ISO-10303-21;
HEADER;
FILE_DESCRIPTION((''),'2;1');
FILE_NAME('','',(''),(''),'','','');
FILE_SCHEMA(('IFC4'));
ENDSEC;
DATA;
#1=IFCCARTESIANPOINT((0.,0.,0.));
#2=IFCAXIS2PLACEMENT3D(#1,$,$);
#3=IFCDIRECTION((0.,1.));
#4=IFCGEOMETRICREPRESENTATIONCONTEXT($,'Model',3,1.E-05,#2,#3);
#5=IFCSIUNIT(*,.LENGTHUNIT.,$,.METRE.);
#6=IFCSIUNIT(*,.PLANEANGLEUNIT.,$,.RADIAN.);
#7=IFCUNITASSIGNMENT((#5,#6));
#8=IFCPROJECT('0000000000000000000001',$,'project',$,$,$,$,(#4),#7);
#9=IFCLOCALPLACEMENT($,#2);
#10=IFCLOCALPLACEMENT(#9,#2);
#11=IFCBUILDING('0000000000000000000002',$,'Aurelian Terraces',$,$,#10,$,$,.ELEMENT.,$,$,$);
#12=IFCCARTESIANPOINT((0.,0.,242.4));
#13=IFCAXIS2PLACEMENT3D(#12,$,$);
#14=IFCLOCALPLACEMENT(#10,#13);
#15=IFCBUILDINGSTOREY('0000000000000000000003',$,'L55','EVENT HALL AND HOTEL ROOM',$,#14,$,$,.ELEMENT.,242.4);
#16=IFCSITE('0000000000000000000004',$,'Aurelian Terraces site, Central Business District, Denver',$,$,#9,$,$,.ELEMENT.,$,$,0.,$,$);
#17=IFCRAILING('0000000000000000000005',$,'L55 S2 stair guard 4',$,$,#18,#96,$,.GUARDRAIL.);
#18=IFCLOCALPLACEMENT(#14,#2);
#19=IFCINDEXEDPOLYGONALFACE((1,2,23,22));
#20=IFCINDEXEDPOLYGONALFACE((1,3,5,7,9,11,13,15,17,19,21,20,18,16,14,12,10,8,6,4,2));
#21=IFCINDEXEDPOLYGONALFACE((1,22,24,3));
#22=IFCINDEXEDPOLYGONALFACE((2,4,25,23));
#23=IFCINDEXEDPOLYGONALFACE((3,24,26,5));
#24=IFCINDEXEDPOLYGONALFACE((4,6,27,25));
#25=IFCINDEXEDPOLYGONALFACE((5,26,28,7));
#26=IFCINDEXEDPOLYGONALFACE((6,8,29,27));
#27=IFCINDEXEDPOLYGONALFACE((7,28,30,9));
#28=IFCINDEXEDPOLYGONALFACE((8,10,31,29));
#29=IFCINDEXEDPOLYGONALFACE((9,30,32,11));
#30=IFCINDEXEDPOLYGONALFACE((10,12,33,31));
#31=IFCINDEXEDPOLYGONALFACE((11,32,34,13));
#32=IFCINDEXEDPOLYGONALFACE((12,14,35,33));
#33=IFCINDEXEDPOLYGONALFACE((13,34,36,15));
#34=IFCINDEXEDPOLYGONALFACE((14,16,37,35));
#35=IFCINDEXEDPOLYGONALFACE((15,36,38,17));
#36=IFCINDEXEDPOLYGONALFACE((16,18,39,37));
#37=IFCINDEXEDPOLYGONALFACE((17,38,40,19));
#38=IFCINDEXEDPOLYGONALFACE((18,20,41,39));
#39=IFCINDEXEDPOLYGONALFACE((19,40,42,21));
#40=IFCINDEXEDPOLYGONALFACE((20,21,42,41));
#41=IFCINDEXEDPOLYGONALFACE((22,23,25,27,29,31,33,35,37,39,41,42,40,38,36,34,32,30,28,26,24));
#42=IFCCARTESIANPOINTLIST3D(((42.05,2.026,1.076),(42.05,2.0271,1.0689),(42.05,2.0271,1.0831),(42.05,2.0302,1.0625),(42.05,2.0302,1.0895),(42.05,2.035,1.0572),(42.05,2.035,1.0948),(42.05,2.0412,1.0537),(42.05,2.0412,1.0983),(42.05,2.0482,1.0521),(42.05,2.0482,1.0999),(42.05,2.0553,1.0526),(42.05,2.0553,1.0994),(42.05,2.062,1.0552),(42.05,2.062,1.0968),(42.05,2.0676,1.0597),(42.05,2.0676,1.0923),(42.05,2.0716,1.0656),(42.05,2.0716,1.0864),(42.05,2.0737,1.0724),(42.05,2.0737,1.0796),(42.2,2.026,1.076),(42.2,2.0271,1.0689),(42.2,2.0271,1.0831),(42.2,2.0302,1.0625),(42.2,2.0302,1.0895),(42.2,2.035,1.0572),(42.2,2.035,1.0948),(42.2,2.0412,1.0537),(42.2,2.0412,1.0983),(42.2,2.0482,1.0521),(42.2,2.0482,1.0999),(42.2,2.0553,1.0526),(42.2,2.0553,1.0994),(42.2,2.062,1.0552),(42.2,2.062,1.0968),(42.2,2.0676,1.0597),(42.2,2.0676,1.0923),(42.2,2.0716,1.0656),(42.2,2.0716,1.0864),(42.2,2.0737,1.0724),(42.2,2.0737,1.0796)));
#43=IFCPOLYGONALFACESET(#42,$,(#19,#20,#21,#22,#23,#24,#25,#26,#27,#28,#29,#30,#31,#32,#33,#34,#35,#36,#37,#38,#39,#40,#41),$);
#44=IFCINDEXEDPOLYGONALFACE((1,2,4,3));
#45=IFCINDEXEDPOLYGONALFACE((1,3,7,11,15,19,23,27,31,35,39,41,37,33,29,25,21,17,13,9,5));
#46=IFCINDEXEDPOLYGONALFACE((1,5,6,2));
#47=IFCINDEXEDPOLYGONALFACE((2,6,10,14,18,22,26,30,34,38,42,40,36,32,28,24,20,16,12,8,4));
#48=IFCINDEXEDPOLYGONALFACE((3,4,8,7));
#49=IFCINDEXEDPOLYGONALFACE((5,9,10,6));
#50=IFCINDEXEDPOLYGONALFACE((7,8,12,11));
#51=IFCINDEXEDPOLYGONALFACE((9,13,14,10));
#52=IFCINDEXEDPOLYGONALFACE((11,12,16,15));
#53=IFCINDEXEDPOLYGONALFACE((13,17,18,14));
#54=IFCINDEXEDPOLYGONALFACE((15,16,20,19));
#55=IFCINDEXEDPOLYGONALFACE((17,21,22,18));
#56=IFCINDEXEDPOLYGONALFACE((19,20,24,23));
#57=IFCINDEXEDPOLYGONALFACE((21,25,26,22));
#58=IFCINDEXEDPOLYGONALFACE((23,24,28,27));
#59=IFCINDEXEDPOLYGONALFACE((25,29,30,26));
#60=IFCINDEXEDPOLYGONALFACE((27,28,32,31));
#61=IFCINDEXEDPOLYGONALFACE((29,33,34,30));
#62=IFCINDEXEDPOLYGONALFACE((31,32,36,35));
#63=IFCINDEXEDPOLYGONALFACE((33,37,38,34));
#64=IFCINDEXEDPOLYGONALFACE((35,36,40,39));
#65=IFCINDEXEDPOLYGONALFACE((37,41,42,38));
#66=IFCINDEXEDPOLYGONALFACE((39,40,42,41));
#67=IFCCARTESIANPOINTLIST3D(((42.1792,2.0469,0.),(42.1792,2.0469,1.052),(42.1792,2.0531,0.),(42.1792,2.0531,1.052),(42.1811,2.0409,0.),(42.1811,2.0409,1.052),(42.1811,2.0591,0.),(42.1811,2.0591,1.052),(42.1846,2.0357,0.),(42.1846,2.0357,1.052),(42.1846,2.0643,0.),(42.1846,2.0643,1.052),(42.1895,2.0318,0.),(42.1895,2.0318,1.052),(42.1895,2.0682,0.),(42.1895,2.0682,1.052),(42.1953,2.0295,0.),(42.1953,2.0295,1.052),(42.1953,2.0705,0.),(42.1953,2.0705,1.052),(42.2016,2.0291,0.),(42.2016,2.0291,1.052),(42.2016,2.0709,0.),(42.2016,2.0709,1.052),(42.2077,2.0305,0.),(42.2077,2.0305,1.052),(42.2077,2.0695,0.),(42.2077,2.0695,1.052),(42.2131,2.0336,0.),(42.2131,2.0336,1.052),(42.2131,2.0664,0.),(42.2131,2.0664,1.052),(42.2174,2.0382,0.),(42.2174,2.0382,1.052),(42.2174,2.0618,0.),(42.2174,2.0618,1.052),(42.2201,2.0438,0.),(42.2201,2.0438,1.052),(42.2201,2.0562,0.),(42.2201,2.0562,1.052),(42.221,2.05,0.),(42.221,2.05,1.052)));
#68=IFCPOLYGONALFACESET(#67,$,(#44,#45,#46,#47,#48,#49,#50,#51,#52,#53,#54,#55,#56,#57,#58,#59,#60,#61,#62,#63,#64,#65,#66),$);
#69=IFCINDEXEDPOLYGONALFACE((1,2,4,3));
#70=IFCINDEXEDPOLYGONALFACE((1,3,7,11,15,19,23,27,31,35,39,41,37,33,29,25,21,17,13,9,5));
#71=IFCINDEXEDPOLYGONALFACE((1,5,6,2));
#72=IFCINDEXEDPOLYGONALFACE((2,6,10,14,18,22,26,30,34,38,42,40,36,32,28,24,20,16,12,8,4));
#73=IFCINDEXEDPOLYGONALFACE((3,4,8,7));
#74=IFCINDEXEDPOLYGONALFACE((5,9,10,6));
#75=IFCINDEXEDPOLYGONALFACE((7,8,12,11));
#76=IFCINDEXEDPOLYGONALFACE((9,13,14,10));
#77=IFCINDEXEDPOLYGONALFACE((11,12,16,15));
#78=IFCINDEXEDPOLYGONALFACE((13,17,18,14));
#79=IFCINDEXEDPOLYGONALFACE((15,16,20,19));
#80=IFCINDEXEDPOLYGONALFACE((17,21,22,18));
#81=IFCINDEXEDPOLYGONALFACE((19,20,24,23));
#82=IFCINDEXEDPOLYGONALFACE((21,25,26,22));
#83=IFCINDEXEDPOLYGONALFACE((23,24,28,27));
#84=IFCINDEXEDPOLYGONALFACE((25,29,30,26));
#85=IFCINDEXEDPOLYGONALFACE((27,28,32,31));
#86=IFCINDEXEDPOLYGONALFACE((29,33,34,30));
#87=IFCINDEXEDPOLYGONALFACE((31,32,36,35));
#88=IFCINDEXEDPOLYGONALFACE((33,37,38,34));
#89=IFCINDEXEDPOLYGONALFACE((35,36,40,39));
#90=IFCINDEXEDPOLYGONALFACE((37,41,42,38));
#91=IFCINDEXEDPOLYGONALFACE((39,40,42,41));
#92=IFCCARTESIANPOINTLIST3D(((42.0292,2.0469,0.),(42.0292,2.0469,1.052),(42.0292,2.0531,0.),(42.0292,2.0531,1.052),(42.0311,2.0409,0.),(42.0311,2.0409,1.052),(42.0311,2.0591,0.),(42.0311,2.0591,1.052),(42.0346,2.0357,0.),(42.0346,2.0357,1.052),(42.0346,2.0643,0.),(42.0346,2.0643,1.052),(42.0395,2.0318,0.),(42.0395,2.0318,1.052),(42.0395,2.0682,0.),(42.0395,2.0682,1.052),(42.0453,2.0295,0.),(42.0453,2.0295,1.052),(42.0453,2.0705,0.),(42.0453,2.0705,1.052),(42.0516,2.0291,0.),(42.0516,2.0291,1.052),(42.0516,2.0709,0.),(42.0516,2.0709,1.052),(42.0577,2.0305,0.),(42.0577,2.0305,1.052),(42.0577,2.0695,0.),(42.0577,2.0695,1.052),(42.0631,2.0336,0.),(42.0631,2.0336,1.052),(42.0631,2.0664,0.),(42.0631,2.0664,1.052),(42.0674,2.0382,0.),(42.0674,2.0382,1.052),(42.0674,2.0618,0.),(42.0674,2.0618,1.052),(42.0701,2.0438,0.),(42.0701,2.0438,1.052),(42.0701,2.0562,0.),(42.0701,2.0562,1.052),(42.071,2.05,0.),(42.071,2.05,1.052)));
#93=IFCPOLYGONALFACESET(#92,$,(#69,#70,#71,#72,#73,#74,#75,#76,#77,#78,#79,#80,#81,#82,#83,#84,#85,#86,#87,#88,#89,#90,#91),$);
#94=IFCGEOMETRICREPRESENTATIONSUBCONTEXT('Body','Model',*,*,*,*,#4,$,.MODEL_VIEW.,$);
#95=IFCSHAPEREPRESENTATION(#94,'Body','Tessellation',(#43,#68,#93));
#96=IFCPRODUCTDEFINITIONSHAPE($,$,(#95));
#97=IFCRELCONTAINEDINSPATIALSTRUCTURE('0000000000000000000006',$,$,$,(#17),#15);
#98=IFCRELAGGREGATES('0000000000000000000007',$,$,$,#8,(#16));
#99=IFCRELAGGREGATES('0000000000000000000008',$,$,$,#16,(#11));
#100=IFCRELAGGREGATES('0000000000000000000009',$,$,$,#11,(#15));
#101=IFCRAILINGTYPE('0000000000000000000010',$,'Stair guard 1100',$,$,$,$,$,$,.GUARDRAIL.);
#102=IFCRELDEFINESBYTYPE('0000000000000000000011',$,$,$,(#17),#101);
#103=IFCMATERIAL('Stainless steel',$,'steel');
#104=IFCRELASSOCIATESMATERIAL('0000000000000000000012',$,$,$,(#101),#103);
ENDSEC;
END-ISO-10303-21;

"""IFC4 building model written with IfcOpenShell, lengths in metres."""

from ifc_helpers import new_model, si_unit, direction, frame, origin, origin_2d, place, context, subcontext, project, spatial, circle, extrude, source, transform, mapped, material, type_object, element, save


model = new_model("IFC4")

# Units and contexts
model_context = context("Model", 3, precision=1e-05, world=origin(), true_north=direction((0.0, 1.0)))
body_context = subcontext(model_context, "Body", "Model", "MODEL_VIEW")
ifc_project = project(units=[si_unit("LENGTHUNIT", "METRE"), si_unit("PLANEANGLEUNIT", "RADIAN")], contexts=[model_context])

# Site, building, storey
site_placement = place(None, origin())
site = spatial("IfcSite", under=ifc_project, at=site_placement, Name="Aurelian Terraces site, Central Business District, Denver", CompositionType="ELEMENT", RefElevation=0.0)
building_placement = place(site_placement, origin())
building = spatial("IfcBuilding", under=site, at=building_placement, Name="Aurelian Terraces", CompositionType="ELEMENT")
storey_placement = place(building_placement, frame((0.0, 0.0, 242.4)))
storey = spatial("IfcBuildingStorey", under=building, at=storey_placement, Name="L55", Description="EVENT HALL AND HOTEL ROOM", CompositionType="ELEMENT", Elevation=242.4)

# Railing
ifc_material_1 = material(Name="Stainless steel", Category="steel")
railing_type_1 = type_object("IfcRailingType", Name="Stair guard 1100", PredefinedType="GUARDRAIL", material=ifc_material_1)
shared_shape_1 = source(origin(), body_context, "Body", "SweptSolid", [
    extrude(circle(Radius=0.024, at=origin_2d()), frame((0.0, 0.0, 1.076), z_axis=(-1.0, 0.0, 0.0), x_axis=(0.0, -1.0, 0.0)), (0.0, 0.0, 1.0), 0.15),
    extrude(circle(Radius=0.021, at=origin_2d()), origin(), (0.0, 0.0, 1.0), 1.052),
    extrude(circle(Radius=0.021, at=origin_2d()), frame((-0.15, 0.0, 0.0)), (0.0, 0.0, 1.0), 1.052),
])
railing_1_placement = place(storey_placement, frame((42.2, 2.05, 0.0)))
element("IfcRailing", 1, at=railing_1_placement, inside=storey, type_object=railing_type_1, Name="L55 S2 stair guard 4", PredefinedType="GUARDRAIL", context=body_context, shape_type="MappedRepresentation", body=[
    mapped(shared_shape_1, transform((0.0, 0.0, 0.0), scale=1.0)),
])

save(model, "model.ifc")
